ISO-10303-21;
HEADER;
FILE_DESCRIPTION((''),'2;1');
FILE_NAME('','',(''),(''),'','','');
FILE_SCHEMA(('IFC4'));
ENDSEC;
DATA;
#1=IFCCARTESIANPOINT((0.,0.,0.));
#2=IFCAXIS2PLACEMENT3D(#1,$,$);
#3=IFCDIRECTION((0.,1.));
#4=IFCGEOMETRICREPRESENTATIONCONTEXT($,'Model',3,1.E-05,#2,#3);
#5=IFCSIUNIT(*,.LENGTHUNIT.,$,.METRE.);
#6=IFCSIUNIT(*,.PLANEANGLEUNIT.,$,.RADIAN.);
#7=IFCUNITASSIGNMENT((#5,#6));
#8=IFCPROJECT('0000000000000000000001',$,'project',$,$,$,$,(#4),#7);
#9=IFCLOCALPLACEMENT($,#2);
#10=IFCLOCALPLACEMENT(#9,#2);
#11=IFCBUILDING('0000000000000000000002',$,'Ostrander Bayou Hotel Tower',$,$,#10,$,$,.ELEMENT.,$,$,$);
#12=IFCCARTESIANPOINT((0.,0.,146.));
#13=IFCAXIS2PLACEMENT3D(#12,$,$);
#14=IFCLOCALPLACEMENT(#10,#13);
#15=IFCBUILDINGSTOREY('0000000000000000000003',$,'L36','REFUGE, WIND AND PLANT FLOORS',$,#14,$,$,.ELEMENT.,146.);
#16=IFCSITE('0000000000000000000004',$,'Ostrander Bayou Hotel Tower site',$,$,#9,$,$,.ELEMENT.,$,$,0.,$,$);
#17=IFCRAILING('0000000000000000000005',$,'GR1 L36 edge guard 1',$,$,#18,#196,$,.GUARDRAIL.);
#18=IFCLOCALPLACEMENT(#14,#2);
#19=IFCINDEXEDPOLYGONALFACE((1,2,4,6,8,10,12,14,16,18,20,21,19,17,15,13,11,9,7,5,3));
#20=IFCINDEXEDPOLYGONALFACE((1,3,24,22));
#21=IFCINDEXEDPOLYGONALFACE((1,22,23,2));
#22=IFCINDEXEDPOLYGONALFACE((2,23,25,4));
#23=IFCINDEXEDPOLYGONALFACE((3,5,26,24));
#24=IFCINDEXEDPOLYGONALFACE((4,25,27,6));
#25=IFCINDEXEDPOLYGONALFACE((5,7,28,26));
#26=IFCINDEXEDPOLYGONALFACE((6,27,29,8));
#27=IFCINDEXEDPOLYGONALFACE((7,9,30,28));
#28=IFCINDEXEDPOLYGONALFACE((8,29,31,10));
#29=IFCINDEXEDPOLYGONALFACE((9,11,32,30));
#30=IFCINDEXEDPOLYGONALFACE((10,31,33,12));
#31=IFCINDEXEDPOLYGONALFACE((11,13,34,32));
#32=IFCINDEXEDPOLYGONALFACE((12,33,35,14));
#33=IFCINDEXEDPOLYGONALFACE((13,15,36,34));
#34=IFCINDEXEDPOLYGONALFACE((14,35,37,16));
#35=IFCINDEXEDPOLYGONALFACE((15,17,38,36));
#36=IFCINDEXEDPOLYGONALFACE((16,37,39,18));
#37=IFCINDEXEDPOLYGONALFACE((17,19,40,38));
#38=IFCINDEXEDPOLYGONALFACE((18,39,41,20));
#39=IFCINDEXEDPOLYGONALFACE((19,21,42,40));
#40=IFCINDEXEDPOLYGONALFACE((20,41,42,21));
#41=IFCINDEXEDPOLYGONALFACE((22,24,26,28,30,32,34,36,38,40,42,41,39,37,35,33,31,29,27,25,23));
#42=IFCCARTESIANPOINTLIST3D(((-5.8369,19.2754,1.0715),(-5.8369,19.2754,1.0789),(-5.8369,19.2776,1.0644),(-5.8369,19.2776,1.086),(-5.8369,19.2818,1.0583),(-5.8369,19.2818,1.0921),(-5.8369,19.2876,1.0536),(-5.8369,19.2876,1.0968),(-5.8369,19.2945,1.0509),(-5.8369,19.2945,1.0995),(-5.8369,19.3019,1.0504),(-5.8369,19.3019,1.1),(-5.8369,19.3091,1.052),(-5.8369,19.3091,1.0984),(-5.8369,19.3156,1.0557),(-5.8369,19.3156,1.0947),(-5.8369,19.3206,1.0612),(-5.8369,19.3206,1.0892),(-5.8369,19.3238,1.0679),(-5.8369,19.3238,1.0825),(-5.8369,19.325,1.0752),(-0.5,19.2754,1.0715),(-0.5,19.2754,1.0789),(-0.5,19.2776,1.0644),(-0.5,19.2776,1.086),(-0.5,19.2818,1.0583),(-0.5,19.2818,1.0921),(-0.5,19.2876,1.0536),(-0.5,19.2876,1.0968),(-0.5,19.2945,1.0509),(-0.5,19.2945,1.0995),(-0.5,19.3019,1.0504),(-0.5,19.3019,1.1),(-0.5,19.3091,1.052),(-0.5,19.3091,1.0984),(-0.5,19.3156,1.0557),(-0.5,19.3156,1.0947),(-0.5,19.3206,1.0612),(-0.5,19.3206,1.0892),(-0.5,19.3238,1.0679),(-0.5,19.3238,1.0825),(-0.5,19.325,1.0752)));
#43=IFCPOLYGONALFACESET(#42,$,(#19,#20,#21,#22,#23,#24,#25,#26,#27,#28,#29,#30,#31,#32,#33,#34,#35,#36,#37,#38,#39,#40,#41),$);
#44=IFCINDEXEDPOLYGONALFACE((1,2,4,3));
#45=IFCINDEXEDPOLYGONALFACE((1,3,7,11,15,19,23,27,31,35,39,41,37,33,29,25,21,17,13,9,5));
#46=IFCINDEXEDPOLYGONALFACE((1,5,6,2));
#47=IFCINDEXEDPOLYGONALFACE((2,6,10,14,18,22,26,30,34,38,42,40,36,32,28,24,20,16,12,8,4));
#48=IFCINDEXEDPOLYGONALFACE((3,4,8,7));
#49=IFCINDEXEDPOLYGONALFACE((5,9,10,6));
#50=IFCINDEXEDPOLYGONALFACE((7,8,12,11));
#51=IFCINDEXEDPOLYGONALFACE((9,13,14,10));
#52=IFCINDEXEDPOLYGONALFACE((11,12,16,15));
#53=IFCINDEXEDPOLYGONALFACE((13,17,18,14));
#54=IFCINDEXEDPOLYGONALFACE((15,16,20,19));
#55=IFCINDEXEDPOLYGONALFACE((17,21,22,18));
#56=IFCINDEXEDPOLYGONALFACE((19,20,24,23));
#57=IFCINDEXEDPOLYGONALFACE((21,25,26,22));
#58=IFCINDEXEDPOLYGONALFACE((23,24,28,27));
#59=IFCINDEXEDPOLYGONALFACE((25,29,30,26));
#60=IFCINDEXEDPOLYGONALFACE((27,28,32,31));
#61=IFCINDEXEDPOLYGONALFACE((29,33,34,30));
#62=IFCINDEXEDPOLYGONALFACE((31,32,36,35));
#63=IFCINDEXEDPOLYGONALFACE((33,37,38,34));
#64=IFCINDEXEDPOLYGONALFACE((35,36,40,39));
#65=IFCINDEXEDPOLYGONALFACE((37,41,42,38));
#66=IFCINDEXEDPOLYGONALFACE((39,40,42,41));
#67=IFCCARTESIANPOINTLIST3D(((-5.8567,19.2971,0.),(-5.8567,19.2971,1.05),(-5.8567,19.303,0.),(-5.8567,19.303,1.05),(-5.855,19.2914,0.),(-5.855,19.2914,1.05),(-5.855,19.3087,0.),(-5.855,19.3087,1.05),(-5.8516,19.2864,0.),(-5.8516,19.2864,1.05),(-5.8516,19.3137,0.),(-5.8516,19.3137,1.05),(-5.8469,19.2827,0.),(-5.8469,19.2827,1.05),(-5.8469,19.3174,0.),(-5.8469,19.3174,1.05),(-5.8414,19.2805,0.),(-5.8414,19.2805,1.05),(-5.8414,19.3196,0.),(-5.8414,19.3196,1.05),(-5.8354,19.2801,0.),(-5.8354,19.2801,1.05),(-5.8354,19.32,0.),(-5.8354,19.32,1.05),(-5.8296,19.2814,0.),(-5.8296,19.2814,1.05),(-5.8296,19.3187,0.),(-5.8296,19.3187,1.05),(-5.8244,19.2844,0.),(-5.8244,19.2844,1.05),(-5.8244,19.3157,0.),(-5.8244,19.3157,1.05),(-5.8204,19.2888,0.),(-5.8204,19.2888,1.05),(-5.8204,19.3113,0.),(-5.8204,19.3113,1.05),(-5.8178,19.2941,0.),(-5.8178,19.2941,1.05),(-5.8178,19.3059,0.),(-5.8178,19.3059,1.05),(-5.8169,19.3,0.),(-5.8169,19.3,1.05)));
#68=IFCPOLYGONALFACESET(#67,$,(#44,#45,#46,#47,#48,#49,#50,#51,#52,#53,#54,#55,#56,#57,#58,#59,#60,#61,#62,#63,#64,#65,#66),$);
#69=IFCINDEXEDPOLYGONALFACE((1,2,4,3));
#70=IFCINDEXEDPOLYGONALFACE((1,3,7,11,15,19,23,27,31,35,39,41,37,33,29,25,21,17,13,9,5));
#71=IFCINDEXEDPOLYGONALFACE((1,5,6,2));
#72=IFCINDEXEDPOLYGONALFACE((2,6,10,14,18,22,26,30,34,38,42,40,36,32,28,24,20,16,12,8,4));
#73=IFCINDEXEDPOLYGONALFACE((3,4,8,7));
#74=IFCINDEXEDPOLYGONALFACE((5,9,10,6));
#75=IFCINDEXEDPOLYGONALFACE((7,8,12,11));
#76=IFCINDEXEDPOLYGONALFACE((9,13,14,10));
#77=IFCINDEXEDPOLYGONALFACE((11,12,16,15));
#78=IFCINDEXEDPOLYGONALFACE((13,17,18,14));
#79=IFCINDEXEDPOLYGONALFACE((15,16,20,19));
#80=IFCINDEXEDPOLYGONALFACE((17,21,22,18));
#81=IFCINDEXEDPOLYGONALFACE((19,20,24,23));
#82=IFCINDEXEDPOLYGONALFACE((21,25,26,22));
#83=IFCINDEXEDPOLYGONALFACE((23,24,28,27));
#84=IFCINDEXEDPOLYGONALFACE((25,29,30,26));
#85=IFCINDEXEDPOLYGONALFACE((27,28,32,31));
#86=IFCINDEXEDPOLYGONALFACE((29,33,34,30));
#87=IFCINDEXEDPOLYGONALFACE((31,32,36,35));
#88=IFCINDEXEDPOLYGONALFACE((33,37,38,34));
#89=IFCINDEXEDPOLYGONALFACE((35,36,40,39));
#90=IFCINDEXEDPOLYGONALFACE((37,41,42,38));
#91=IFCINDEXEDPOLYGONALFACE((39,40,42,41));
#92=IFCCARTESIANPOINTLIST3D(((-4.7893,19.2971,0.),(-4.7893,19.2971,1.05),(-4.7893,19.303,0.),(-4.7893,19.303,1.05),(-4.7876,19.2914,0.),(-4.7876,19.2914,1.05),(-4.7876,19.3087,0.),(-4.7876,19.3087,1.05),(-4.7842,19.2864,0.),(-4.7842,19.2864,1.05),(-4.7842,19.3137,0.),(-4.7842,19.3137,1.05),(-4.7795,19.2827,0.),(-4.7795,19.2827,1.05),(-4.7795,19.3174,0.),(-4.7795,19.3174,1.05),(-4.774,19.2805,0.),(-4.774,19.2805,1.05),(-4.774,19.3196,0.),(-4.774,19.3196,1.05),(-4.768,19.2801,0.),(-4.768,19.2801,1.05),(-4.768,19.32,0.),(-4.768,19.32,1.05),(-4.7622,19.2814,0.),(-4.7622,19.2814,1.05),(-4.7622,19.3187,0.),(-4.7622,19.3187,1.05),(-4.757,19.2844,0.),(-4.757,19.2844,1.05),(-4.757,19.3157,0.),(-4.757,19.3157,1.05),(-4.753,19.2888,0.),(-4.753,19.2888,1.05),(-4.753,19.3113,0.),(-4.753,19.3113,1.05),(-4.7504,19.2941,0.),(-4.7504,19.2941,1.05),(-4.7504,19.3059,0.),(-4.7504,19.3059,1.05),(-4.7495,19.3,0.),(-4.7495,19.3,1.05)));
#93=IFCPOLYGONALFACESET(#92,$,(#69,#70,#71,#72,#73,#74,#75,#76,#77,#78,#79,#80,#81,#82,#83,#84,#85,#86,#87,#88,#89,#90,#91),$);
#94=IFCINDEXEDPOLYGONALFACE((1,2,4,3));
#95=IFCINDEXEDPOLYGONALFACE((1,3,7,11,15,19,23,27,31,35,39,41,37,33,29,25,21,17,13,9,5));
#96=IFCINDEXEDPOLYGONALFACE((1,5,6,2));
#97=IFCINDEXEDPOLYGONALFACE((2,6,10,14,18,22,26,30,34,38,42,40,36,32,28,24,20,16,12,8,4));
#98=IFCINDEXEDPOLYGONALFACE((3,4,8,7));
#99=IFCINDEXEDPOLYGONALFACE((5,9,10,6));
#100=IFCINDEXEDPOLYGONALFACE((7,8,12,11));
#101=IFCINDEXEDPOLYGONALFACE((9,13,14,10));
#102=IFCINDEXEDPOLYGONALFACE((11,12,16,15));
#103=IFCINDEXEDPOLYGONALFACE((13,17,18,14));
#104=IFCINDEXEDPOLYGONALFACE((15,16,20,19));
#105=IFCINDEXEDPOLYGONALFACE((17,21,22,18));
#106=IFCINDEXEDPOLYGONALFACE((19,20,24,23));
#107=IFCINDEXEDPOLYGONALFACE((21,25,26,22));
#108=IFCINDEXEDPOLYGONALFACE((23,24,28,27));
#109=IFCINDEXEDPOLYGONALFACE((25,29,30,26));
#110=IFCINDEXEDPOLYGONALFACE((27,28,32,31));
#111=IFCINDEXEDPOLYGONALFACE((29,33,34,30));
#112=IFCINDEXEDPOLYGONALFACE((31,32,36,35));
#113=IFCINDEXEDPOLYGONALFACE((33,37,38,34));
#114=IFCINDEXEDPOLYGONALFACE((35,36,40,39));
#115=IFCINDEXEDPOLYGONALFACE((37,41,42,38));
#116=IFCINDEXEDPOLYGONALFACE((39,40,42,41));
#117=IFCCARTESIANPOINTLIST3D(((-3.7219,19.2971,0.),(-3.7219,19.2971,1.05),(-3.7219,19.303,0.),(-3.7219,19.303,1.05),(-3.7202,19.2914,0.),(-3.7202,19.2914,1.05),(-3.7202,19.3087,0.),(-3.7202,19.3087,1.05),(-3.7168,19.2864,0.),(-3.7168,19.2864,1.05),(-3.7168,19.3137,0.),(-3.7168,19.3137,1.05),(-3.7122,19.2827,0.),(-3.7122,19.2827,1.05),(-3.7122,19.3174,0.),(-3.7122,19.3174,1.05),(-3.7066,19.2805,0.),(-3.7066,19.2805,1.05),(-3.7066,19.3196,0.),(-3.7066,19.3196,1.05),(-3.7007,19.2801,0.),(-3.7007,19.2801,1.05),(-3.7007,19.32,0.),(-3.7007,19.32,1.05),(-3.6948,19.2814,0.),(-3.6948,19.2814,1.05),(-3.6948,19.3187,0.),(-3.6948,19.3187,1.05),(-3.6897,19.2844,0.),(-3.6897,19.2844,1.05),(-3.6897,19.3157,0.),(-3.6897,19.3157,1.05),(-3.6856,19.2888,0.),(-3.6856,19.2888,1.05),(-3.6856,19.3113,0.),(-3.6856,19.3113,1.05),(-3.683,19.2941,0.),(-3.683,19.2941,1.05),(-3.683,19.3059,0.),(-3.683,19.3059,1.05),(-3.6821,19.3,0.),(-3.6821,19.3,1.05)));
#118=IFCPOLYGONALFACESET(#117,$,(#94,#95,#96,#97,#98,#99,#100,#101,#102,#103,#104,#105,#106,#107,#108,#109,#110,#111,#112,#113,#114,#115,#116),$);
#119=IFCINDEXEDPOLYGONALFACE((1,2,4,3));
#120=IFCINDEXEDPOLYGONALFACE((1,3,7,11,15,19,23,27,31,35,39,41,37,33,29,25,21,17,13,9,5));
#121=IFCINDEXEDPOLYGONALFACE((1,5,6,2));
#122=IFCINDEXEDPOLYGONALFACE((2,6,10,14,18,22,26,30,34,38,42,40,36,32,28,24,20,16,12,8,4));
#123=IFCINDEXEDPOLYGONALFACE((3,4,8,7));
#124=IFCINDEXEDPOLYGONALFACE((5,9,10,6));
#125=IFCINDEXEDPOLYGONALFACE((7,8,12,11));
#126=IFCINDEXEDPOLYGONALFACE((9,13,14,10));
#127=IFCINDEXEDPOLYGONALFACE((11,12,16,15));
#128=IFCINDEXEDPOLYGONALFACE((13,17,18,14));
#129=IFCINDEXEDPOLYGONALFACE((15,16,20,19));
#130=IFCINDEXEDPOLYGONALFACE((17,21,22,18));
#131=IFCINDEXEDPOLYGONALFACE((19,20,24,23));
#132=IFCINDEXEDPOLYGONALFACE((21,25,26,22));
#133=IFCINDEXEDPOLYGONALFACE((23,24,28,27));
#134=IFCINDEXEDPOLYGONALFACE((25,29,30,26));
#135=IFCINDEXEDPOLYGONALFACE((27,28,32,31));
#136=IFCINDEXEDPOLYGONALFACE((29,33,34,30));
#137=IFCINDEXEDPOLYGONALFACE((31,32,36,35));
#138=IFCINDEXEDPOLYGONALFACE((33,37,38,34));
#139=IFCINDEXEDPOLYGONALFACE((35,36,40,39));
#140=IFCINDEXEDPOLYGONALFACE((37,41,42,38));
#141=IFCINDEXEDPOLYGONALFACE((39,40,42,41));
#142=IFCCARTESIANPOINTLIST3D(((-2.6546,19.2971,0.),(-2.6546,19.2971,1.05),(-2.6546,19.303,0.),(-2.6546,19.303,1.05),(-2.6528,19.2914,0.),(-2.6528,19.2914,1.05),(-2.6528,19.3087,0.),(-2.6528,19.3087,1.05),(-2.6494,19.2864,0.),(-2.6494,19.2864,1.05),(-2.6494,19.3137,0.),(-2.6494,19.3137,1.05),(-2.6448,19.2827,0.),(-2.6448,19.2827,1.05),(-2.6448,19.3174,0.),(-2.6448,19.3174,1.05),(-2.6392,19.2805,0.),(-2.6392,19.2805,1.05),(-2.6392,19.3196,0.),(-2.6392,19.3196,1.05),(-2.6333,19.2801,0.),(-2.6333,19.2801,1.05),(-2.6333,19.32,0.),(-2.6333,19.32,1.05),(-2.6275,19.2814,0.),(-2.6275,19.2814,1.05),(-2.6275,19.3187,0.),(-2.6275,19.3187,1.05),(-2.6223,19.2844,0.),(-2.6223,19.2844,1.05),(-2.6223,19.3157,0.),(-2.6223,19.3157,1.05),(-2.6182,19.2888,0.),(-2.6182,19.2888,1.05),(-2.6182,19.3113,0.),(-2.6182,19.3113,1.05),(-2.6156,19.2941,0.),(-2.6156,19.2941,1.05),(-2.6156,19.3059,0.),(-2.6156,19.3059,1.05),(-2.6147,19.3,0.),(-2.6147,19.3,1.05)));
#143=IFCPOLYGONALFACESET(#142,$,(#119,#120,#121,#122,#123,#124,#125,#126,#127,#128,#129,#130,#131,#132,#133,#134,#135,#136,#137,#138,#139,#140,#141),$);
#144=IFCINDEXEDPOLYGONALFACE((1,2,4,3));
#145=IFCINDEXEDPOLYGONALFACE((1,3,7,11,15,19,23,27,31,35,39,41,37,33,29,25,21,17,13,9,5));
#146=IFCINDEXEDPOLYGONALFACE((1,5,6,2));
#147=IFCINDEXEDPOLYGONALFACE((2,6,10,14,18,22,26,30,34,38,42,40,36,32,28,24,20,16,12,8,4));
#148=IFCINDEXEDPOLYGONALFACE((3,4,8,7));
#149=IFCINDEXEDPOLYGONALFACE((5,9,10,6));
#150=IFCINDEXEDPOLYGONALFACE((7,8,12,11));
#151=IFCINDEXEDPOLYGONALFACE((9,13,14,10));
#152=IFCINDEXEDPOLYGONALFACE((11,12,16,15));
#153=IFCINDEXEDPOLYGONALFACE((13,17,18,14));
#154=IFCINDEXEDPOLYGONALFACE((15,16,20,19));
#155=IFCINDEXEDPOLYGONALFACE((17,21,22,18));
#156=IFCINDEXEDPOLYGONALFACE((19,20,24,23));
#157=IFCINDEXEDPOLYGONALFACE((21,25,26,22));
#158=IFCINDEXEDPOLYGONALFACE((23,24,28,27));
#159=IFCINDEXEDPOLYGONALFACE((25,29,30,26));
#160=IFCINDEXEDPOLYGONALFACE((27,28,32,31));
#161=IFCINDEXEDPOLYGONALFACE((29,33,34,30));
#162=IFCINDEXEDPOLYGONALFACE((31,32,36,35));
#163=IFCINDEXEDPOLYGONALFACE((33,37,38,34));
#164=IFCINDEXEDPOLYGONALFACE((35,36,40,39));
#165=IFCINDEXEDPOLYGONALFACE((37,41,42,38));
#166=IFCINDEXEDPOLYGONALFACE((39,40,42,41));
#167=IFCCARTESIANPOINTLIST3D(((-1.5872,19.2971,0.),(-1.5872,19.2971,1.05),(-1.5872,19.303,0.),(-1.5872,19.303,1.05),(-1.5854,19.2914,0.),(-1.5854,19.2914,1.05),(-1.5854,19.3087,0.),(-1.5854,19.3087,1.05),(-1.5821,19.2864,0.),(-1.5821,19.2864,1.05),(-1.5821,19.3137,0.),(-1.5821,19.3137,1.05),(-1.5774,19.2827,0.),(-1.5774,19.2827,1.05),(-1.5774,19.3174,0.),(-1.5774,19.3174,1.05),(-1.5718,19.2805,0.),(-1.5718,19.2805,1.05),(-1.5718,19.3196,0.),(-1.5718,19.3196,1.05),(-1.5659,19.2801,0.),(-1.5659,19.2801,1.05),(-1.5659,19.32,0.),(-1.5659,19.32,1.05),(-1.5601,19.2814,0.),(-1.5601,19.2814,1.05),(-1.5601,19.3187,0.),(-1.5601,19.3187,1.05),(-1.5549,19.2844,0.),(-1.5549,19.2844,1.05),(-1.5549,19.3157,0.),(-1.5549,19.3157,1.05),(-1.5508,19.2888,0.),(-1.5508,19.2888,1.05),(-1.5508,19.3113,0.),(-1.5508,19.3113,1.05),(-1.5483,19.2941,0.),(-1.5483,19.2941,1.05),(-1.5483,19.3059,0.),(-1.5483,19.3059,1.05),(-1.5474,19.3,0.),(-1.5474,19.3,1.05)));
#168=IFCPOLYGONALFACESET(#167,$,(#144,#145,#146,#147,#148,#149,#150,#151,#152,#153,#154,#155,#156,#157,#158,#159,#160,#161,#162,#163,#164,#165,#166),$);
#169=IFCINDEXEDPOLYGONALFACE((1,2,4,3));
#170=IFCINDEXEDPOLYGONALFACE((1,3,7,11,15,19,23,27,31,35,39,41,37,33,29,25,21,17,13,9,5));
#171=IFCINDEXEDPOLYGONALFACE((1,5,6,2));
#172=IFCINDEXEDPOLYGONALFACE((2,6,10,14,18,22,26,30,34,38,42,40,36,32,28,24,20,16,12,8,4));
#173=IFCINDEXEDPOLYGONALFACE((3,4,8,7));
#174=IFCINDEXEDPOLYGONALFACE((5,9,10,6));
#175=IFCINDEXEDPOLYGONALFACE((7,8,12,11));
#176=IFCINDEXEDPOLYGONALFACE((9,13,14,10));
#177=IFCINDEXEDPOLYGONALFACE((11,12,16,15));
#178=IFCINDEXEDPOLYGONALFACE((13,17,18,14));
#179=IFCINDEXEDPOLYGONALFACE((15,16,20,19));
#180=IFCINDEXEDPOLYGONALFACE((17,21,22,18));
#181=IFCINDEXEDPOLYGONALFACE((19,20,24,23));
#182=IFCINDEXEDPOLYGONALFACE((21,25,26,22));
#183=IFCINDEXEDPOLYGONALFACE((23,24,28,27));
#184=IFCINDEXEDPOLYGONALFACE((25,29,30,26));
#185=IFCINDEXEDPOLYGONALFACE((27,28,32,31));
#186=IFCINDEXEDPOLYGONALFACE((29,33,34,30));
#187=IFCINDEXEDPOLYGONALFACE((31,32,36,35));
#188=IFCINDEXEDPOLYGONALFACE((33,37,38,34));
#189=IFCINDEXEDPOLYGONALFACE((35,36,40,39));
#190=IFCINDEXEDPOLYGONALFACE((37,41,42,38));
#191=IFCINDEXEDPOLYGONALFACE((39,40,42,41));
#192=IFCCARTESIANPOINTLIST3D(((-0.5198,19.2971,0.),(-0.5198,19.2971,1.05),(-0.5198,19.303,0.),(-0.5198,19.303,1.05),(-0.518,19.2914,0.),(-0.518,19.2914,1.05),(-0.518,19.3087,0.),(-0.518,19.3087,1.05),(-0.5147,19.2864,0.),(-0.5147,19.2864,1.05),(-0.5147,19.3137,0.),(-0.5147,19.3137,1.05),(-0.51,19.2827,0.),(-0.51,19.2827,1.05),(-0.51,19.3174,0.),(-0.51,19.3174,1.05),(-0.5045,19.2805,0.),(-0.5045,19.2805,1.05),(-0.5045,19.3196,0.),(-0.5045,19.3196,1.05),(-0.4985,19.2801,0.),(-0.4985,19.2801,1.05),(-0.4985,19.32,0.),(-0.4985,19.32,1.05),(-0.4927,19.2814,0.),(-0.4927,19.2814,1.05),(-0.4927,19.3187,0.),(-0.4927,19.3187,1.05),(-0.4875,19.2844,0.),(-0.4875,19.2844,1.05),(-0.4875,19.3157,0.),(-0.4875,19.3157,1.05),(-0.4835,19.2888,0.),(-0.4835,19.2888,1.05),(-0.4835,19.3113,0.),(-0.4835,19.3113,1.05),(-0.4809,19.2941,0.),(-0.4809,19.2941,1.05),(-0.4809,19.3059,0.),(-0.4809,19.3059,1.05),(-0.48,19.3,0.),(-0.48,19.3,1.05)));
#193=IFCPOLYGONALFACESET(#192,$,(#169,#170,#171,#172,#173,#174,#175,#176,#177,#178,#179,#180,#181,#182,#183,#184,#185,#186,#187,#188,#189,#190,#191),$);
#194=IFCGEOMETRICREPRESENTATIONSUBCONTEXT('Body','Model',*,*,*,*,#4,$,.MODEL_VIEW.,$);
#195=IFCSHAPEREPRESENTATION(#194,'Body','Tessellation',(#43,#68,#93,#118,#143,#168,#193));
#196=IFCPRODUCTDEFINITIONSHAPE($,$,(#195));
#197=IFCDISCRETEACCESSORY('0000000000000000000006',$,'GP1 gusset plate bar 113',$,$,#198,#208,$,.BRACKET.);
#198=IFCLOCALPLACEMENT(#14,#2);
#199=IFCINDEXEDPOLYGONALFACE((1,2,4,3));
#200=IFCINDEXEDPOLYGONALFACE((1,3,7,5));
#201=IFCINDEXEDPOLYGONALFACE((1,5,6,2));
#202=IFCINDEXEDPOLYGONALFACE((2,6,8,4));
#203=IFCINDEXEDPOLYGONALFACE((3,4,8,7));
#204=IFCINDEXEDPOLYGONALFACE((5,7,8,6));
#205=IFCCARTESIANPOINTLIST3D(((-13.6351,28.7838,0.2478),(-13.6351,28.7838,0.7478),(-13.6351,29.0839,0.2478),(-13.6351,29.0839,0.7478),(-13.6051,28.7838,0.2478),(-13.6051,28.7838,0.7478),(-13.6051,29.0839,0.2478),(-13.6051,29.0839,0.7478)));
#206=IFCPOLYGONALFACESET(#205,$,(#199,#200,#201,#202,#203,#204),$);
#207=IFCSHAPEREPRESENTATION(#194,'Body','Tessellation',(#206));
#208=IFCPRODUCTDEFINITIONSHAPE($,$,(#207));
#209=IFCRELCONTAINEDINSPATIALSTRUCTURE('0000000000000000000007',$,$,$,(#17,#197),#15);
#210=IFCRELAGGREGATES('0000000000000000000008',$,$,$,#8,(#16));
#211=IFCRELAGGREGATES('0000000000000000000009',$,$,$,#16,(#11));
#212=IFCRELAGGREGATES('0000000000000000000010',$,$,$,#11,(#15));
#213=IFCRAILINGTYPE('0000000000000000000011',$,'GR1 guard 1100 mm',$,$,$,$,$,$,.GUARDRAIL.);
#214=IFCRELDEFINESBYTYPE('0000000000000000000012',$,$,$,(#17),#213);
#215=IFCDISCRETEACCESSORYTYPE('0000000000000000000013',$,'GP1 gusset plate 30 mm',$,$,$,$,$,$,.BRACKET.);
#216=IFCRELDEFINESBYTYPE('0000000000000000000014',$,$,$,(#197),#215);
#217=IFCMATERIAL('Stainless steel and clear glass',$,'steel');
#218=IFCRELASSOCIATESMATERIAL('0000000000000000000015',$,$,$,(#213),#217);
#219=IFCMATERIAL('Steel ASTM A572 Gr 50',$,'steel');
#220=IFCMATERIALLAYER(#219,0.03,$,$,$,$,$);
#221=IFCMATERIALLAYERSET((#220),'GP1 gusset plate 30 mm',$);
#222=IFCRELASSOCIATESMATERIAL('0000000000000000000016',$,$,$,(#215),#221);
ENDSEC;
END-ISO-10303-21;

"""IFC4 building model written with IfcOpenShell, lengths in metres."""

from ifc_helpers import new_model, si_unit, direction, frame, origin, origin_2d, place, context, subcontext, project, spatial, rectangle, circle, extrude, material, layer, layer_set, type_object, element, save


model = new_model("IFC4")

# Units and contexts
model_context = context("Model", 3, precision=1e-05, world=origin(), true_north=direction((0.0, 1.0)))
body_context = subcontext(model_context, "Body", "Model", "MODEL_VIEW")
ifc_project = project(units=[si_unit("LENGTHUNIT", "METRE"), si_unit("PLANEANGLEUNIT", "RADIAN")], contexts=[model_context])

# Site, building, storey
site_placement = place(None, origin())
site = spatial("IfcSite", under=ifc_project, at=site_placement, Name="Ostrander Bayou Hotel Tower site", CompositionType="ELEMENT", RefElevation=0.0)
building_placement = place(site_placement, origin())
building = spatial("IfcBuilding", under=site, at=building_placement, Name="Ostrander Bayou Hotel Tower", CompositionType="ELEMENT")
storey_placement = place(building_placement, frame((0.0, 0.0, 146.0)))
storey = spatial("IfcBuildingStorey", under=building, at=storey_placement, Name="L36", Description="REFUGE, WIND AND PLANT FLOORS", CompositionType="ELEMENT", Elevation=146.0)

# Railing
ifc_material_1 = material(Name="Stainless steel and clear glass", Category="steel")
railing_type = type_object("IfcRailingType", Name="GR1 guard 1100 mm", PredefinedType="GUARDRAIL", material=ifc_material_1)
railing_1_placement = place(storey_placement, frame((-5.8369, 19.3, 0.0)))
element("IfcRailing", 1, at=railing_1_placement, inside=storey, type_object=railing_type, Name="GR1 L36 edge guard 1", PredefinedType="GUARDRAIL", context=body_context, shape_type="SweptSolid", body=[
    extrude(circle(Radius=0.0249, at=origin_2d()), frame((0.0, 0.0, 1.0752), z_axis=(1.0, 0.0, 0.0), x_axis=(0.0, 1.0, 0.0)), (0.0, 0.0, 1.0), 5.3369),
    extrude(circle(Radius=0.02, at=origin_2d()), origin(), (0.0, 0.0, 1.0), 1.05),
    extrude(circle(Radius=0.02, at=origin_2d()), frame((1.0674, 0.0, 0.0)), (0.0, 0.0, 1.0), 1.05),
    extrude(circle(Radius=0.02, at=origin_2d()), frame((2.1348, 0.0, 0.0)), (0.0, 0.0, 1.0), 1.05),
    extrude(circle(Radius=0.02, at=origin_2d()), frame((3.2021, 0.0, 0.0)), (0.0, 0.0, 1.0), 1.05),
    extrude(circle(Radius=0.02, at=origin_2d()), frame((4.2695, 0.0, 0.0)), (0.0, 0.0, 1.0), 1.05),
    extrude(circle(Radius=0.02, at=origin_2d()), frame((5.3369, 0.0, 0.0)), (0.0, 0.0, 1.0), 1.05),
])

# Discrete accessory
ifc_material_2 = material(Name="Steel ASTM A572 Gr 50", Category="steel")
ifc_layer = layer(ifc_material_2, 0.03)
ifc_layer_set = layer_set([ifc_layer], Name="GP1 gusset plate 30 mm")
discrete_accessory_type = type_object("IfcDiscreteAccessoryType", Name="GP1 gusset plate 30 mm", PredefinedType="BRACKET", material=ifc_layer_set)
for number, where, z_axis, x_axis, name in (
    (2, (-13.6201, 28.9338, 0.2478), (0.0, 0.0, 1.0), (0.0, -1.0, 0.0), "GP1 gusset plate bar 113"),
):
    element("IfcDiscreteAccessory", number, at=place(storey_placement, frame(where, z_axis=z_axis, x_axis=x_axis)), inside=storey, type_object=discrete_accessory_type, Name=name, PredefinedType="BRACKET", context=body_context, shape_type="SweptSolid", body=[
        extrude(rectangle(XDim=0.3, YDim=0.03, at=origin_2d()), origin(), (0.0, 0.0, 1.0), 0.5),
    ])

save(model, "model.ifc")
